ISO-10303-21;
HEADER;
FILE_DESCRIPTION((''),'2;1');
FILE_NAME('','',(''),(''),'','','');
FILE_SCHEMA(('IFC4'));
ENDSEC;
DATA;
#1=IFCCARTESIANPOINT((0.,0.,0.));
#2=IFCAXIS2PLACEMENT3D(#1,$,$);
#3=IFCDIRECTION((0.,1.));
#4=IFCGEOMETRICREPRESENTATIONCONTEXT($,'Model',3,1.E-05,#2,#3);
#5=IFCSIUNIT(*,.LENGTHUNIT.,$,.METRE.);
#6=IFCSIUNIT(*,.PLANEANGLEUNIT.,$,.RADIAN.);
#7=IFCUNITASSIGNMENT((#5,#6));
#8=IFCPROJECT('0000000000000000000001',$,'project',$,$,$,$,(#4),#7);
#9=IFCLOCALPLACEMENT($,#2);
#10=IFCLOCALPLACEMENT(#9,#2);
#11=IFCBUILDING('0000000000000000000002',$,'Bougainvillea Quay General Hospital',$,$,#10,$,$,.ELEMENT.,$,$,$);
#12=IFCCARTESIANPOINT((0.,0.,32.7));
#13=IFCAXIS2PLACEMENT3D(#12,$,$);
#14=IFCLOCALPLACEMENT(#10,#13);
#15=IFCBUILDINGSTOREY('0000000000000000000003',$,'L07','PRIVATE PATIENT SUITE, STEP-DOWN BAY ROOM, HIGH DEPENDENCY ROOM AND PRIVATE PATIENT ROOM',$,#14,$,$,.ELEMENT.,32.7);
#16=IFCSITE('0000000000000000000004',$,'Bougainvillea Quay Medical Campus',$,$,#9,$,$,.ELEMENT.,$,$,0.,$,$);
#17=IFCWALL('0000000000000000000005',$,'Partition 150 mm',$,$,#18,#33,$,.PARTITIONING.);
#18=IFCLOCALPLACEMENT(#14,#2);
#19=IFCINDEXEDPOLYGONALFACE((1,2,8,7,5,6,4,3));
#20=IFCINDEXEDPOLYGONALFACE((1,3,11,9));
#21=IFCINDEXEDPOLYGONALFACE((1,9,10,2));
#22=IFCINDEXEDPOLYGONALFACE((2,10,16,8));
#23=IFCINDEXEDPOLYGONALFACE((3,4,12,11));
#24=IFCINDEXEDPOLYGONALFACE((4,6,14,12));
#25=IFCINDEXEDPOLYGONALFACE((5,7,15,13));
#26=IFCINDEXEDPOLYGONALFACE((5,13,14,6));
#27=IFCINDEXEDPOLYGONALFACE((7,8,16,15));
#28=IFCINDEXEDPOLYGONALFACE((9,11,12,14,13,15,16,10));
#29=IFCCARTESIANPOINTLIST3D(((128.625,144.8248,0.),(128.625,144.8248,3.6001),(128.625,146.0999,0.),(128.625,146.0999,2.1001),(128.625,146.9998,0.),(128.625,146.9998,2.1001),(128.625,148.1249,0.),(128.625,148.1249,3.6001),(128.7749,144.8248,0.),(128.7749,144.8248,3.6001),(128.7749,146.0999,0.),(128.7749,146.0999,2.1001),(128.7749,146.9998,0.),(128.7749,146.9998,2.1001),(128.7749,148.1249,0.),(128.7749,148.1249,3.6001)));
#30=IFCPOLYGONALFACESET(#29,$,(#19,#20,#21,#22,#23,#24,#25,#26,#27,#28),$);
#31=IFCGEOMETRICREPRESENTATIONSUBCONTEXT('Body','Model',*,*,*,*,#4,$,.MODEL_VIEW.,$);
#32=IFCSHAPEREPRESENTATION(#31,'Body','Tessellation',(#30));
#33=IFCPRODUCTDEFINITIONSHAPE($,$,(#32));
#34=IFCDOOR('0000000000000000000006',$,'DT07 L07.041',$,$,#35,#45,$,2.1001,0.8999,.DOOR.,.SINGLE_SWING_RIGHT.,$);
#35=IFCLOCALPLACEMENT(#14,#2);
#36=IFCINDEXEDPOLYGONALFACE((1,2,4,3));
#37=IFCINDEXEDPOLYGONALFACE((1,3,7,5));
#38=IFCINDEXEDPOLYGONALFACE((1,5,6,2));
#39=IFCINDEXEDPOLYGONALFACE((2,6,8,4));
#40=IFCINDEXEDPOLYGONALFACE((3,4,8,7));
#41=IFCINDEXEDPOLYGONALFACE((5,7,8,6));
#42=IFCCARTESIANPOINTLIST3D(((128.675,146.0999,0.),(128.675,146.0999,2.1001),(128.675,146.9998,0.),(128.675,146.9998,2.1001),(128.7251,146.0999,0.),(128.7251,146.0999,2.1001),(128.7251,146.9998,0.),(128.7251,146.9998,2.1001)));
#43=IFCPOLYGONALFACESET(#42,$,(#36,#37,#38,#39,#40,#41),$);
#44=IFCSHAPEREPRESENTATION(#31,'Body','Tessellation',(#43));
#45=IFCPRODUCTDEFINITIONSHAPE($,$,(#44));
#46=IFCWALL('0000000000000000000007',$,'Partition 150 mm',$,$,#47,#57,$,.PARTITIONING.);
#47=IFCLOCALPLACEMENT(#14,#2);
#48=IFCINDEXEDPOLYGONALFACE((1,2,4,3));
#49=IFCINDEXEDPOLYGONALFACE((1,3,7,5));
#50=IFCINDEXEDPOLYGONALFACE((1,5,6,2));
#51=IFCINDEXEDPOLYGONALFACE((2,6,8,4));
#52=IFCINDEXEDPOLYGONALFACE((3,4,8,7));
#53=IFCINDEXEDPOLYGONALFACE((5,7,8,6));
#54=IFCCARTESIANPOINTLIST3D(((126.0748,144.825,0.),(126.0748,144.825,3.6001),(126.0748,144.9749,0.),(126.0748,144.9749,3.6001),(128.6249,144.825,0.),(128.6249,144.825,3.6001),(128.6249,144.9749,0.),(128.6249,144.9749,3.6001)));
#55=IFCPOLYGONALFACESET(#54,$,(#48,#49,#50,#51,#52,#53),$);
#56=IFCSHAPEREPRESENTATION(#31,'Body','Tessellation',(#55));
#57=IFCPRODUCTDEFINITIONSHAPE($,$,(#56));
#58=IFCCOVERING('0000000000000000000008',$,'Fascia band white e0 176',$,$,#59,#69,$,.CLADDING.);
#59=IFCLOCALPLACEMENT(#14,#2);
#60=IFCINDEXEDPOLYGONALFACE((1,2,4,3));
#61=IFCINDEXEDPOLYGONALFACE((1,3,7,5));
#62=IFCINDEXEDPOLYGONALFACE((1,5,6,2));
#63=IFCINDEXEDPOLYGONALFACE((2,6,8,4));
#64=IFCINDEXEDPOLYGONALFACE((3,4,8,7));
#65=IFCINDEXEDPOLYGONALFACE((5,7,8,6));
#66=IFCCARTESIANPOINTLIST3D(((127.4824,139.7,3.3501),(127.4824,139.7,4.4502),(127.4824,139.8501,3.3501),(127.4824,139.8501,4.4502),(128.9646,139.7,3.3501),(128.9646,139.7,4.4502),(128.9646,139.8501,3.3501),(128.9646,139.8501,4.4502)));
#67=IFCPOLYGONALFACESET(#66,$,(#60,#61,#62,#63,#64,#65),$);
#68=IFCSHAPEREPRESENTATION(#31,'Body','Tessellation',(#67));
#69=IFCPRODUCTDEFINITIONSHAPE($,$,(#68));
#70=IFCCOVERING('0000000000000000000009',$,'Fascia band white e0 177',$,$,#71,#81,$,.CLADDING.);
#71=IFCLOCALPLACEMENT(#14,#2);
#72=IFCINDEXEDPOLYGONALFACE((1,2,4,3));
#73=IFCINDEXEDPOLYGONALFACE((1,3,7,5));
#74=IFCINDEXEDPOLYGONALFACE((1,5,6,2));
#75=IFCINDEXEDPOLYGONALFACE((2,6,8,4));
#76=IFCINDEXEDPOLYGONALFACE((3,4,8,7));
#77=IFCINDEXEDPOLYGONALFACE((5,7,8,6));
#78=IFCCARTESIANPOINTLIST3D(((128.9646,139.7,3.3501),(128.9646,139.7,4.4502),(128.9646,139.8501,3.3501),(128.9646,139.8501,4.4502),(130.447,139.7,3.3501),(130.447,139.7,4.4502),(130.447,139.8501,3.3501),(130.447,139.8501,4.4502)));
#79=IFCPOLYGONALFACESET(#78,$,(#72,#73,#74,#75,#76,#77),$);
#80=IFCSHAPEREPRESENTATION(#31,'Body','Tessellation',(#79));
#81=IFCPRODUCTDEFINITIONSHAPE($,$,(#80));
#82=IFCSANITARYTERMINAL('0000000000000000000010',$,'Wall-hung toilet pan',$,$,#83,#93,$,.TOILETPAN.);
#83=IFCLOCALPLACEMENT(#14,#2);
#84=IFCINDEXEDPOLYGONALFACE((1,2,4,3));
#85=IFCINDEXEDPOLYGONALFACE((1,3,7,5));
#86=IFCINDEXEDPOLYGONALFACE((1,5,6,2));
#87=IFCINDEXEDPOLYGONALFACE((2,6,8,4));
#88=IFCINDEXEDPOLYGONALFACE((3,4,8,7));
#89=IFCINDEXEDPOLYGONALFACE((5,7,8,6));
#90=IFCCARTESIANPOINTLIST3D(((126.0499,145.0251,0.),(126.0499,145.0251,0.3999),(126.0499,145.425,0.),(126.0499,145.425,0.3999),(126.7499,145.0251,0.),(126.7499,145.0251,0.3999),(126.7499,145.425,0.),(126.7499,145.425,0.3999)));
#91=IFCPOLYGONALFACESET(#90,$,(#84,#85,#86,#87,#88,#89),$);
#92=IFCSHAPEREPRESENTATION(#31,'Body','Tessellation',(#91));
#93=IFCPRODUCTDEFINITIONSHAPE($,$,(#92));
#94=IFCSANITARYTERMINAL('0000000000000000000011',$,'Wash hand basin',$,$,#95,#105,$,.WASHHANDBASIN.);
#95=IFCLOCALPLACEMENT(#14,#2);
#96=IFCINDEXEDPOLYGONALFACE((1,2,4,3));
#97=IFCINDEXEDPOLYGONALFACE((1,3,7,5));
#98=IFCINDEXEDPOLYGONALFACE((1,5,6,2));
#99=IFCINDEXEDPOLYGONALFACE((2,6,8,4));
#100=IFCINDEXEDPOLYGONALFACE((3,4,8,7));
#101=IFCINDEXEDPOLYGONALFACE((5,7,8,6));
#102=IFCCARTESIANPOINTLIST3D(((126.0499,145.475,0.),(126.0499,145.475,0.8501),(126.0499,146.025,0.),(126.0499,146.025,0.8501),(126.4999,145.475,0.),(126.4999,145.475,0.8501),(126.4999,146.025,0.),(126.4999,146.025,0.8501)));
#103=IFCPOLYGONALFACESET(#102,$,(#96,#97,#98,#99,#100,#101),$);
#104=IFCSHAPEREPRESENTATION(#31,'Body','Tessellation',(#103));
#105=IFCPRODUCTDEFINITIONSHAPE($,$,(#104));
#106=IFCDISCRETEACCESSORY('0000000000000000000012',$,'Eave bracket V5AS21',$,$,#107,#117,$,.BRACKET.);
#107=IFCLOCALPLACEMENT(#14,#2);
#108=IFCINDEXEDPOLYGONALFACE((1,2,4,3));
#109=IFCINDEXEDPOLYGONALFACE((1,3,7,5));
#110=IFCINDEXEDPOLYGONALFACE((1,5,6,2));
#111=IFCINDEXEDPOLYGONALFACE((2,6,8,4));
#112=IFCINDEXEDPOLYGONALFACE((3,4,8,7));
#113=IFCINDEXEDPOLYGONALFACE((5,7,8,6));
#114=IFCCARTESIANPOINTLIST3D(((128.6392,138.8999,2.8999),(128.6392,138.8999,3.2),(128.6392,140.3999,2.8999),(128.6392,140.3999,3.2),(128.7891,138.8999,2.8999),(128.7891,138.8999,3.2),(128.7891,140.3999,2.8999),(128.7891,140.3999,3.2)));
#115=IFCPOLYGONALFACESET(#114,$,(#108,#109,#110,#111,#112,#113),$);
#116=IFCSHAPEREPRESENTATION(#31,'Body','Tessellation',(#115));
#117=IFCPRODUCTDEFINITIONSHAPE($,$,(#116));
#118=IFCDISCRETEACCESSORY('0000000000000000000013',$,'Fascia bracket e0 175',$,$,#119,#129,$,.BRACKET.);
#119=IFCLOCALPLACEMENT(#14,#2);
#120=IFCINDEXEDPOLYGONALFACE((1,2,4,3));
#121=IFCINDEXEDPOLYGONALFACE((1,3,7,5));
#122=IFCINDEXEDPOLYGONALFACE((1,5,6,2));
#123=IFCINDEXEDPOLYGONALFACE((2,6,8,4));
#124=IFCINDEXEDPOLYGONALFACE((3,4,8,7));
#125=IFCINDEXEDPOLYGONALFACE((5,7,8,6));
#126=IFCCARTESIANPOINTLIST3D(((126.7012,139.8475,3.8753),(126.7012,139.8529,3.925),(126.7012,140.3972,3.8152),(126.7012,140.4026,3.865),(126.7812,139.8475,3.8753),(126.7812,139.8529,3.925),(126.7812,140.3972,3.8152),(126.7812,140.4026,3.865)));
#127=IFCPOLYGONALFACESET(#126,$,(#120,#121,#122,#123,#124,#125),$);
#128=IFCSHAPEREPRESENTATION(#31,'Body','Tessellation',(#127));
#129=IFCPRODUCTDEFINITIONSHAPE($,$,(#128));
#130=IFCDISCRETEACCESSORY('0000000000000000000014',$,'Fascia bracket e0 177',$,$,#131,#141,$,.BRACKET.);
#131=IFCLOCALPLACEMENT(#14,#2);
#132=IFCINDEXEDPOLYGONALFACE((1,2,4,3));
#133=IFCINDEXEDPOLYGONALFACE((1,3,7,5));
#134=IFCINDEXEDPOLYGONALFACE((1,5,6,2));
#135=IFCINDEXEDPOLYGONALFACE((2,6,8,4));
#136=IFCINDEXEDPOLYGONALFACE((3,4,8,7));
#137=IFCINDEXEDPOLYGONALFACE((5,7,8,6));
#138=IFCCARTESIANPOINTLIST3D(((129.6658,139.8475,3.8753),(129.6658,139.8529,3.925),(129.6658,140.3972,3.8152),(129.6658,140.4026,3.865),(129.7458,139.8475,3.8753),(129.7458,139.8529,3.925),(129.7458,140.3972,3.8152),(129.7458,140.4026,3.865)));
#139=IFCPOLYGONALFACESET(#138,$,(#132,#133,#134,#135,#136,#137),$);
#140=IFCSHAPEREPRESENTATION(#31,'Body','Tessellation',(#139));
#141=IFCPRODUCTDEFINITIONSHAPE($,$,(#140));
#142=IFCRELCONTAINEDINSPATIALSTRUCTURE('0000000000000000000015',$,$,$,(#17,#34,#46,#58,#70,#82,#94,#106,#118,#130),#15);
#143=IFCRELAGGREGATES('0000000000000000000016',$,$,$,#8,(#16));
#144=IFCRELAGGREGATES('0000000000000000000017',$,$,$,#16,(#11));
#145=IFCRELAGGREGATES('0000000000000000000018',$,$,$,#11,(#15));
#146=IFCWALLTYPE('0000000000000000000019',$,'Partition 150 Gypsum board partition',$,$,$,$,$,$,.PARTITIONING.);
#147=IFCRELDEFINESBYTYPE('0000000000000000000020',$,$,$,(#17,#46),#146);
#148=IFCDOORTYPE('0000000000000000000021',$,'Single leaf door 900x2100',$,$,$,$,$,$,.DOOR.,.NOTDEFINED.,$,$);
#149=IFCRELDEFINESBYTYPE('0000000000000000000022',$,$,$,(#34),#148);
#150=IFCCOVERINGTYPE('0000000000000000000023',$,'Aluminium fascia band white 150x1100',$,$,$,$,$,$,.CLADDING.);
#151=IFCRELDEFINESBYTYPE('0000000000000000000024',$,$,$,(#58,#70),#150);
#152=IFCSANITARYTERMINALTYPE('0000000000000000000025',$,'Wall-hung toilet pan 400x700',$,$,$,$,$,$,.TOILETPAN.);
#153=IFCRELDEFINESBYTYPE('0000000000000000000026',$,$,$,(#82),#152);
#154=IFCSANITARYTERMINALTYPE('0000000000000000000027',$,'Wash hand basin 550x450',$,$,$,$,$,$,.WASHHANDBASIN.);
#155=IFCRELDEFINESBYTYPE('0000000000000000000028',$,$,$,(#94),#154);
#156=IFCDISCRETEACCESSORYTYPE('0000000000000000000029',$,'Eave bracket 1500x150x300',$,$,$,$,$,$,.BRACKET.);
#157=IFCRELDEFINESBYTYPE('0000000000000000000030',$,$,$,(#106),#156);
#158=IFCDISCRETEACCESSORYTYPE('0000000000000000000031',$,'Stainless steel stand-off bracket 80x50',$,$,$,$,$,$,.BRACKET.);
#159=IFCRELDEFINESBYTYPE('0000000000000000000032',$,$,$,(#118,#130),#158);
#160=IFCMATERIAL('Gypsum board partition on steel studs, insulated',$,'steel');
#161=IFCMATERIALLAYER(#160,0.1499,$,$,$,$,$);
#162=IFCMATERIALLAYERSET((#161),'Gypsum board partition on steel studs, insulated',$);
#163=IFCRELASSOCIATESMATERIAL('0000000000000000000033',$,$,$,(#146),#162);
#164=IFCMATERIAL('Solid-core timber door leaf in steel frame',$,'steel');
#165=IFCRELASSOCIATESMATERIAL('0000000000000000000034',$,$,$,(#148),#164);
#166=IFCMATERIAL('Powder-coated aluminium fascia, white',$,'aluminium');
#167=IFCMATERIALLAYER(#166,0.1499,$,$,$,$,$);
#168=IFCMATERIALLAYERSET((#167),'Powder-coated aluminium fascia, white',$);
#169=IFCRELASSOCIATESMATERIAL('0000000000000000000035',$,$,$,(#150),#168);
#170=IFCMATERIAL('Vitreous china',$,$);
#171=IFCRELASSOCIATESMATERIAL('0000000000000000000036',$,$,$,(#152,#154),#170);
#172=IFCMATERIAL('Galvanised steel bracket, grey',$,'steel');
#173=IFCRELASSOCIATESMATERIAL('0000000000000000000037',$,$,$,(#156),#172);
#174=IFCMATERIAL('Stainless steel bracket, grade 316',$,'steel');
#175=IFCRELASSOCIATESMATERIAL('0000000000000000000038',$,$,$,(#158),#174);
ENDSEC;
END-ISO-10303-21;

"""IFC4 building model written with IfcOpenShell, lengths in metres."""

from ifc_helpers import new_model, si_unit, direction, frame, frame_2d, origin, origin_2d, place, context, subcontext, project, spatial, polyline, rectangle, outline, extrude, material, layer, layer_set, material_profile, profile_set, type_object, element, fill, save


model = new_model("IFC4")

# Units and contexts
model_context = context("Model", 3, precision=1e-05, world=origin(), true_north=direction((0.0, 1.0)))
body_context = subcontext(model_context, "Body", "Model", "MODEL_VIEW")
ifc_project = project(units=[si_unit("LENGTHUNIT", "METRE"), si_unit("PLANEANGLEUNIT", "RADIAN")], contexts=[model_context])

# Site, building, storey
site_placement = place(None, origin())
site = spatial("IfcSite", under=ifc_project, at=site_placement, Name="Bougainvillea Quay Medical Campus", CompositionType="ELEMENT", RefElevation=0.0)
building_placement = place(site_placement, origin())
building = spatial("IfcBuilding", under=site, at=building_placement, Name="Bougainvillea Quay General Hospital", CompositionType="ELEMENT")
storey_placement = place(building_placement, frame((0.0, 0.0, 32.7)))
storey = spatial("IfcBuildingStorey", under=building, at=storey_placement, Name="L07", Description="PRIVATE PATIENT SUITE, STEP-DOWN BAY ROOM, HIGH DEPENDENCY ROOM AND PRIVATE PATIENT ROOM", CompositionType="ELEMENT", Elevation=32.7)

# Wall, opening, door
ifc_material_1 = material(Name="Gypsum board partition on steel studs, insulated", Category="steel")
ifc_layer_1 = layer(ifc_material_1, 0.1499)
ifc_layer_set_1 = layer_set([ifc_layer_1], Name="Gypsum board partition on steel studs, insulated")
wall_type = type_object("IfcWallType", Name="Partition 150 Gypsum board partition", PredefinedType="PARTITIONING", material=ifc_layer_set_1)
wall_1_placement = place(storey_placement, frame((128.7, 144.825, 0.0), z_axis=(0.0, 0.0, 1.0), x_axis=(0.0, 1.0, 0.0)))
wall_1 = element("IfcWall", 1, at=wall_1_placement, inside=storey, type_object=wall_type, Name="Partition 150 mm", PredefinedType="PARTITIONING", context=body_context, shape_type="SweptSolid", body=[
    extrude(rectangle(XDim=3.3, YDim=0.1499, at=frame_2d((1.6499, 0.0))), origin(), (0.0, 0.0, 1.0), 3.6001),
])
opening_placement = place(wall_1_placement, frame((1.2749, 0.0, 0.0)))
opening = element("IfcOpeningElement", 2, at=opening_placement, cuts=wall_1, PredefinedType="OPENING", context=body_context, shape_type="SweptSolid", body=[
    extrude(rectangle(XDim=0.8999, YDim=2.1001, at=frame_2d((0.45, 1.05))), frame((0.0, 0.085, 0.0), z_axis=(0.0, -1.0, 0.0), x_axis=(1.0, 0.0, 0.0)), (0.0, 0.0, 1.0), 0.1699),
])
ifc_material_2 = material(Name="Solid-core timber door leaf in steel frame", Category="steel")
door_type = type_object("IfcDoorType", Name="Single leaf door 900x2100", OperationType="NOTDEFINED", PredefinedType="DOOR", material=ifc_material_2)
door_placement = place(opening_placement, origin())
door = element("IfcDoor", 3, at=door_placement, inside=storey, type_object=door_type, Name="DT07 L07.041", OperationType="SINGLE_SWING_RIGHT", OverallHeight=2.1001, OverallWidth=0.8999, PredefinedType="DOOR", context=body_context, shape_type="SweptSolid", body=[
    extrude(rectangle(XDim=0.8999, YDim=2.1001, at=frame_2d((0.45, 1.05))), frame((0.0, 0.0249, 0.0), z_axis=(0.0, -1.0, 0.0), x_axis=(1.0, 0.0, 0.0)), (0.0, 0.0, 1.0), 0.05),
])
fill(opening, door)

# Wall
wall_2_placement = place(storey_placement, frame((126.075, 144.8999, 0.0), z_axis=(0.0, 0.0, 1.0), x_axis=(1.0, 0.0, 0.0)))
element("IfcWall", 4, at=wall_2_placement, inside=storey, type_object=wall_type, Name="Partition 150 mm", PredefinedType="PARTITIONING", context=body_context, shape_type="SweptSolid", body=[
    extrude(rectangle(XDim=2.55, YDim=0.1499, at=frame_2d((1.2749, 0.0))), origin(), (0.0, 0.0, 1.0), 3.6001),
])

# Coverings
ifc_material_3 = material(Name="Powder-coated aluminium fascia, white", Category="aluminium")
ifc_layer_2 = layer(ifc_material_3, 0.1499)
ifc_layer_set_2 = layer_set([ifc_layer_2], Name="Powder-coated aluminium fascia, white")
covering_type = type_object("IfcCoveringType", Name="Aluminium fascia band white 150x1100", PredefinedType="CLADDING", material=ifc_layer_set_2)
covering_1_placement = place(storey_placement, frame((127.4824, 139.8501, 3.3501), z_axis=(0.0, 0.0, 1.0), x_axis=(1.0, 0.0, 0.0)))
element("IfcCovering", 5, at=covering_1_placement, inside=storey, type_object=covering_type, Name="Fascia band white e0 176", PredefinedType="CLADDING", context=body_context, shape_type="SweptSolid", body=[
    extrude(outline(polyline([(0.0, 0.0), (1.4822, 0.0), (1.4822, -0.1501), (0.0, -0.1501), (0.0, 0.0)])), origin(), (0.0, 0.0, 1.0), 1.1001),
])
covering_2_placement = place(storey_placement, frame((128.9646, 139.8501, 3.3501), z_axis=(0.0, 0.0, 1.0), x_axis=(1.0, 0.0, 0.0)))
element("IfcCovering", 6, at=covering_2_placement, inside=storey, type_object=covering_type, Name="Fascia band white e0 177", PredefinedType="CLADDING", context=body_context, shape_type="SweptSolid", body=[
    extrude(outline(polyline([(0.0, 0.0), (1.4824, 0.0), (1.4824, -0.1501), (0.0, -0.1501), (0.0, 0.0)])), origin(), (0.0, 0.0, 1.0), 1.1001),
])

# Sanitary terminals
ifc_material_4 = material(Name="Vitreous china")
sanitary_terminal_type_1 = type_object("IfcSanitaryTerminalType", Name="Wall-hung toilet pan 400x700", PredefinedType="TOILETPAN", material=ifc_material_4)
sanitary_terminal_1_placement = place(storey_placement, frame((126.3999, 145.2251, 0.0), z_axis=(0.0, 0.0, 1.0), x_axis=(0.0, 1.0, 0.0)))
element("IfcSanitaryTerminal", 7, at=sanitary_terminal_1_placement, inside=storey, type_object=sanitary_terminal_type_1, Name="Wall-hung toilet pan", PredefinedType="TOILETPAN", context=body_context, shape_type="SweptSolid", body=[
    extrude(rectangle(XDim=0.3999, YDim=0.7, at=origin_2d()), origin(), (0.0, 0.0, 1.0), 0.3999),
])
sanitary_terminal_type_2 = type_object("IfcSanitaryTerminalType", Name="Wash hand basin 550x450", PredefinedType="WASHHANDBASIN", material=ifc_material_4)
sanitary_terminal_2_placement = place(storey_placement, frame((126.2749, 145.75, 0.0), z_axis=(0.0, 0.0, 1.0), x_axis=(0.0, 1.0, 0.0)))
element("IfcSanitaryTerminal", 8, at=sanitary_terminal_2_placement, inside=storey, type_object=sanitary_terminal_type_2, Name="Wash hand basin", PredefinedType="WASHHANDBASIN", context=body_context, shape_type="SweptSolid", body=[
    extrude(rectangle(XDim=0.55, YDim=0.45, at=origin_2d()), origin(), (0.0, 0.0, 1.0), 0.8501),
])

# Discrete accessories
ifc_material_5 = material(Name="Galvanised steel bracket, grey", Category="steel")
discrete_accessory_type_1 = type_object("IfcDiscreteAccessoryType", Name="Eave bracket 1500x150x300", PredefinedType="BRACKET", material=ifc_material_5)
discrete_accessory_placement = place(storey_placement, frame((128.7141, 139.6499, 2.8999), z_axis=(0.0, 0.0, 1.0), x_axis=(1.0, 0.0, 0.0)))
element("IfcDiscreteAccessory", 9, at=discrete_accessory_placement, inside=storey, type_object=discrete_accessory_type_1, Name="Eave bracket V5AS21", PredefinedType="BRACKET", context=body_context, shape_type="SweptSolid", body=[
    extrude(rectangle(XDim=0.1499, YDim=1.5, at=origin_2d()), origin(), (0.0, 0.0, 1.0), 0.3),
])
ifc_material_6 = material(Name="Stainless steel bracket, grade 316", Category="steel")
ifc_material_profile_1 = material_profile(ifc_material_6, rectangle(XDim=0.0801, YDim=0.05, at=origin_2d()))
ifc_profile_set_1 = profile_set([ifc_material_profile_1], Name="Stainless steel bracket, grade 316")
discrete_accessory_type_2 = type_object("IfcDiscreteAccessoryType", Name="Stainless steel stand-off bracket 80x50", PredefinedType="BRACKET", material=ifc_profile_set_1)
for number, where, z_axis, x_axis, name in (
    (10, (126.7412, 140.3999, 3.8401), (0.0, -0.994087, 0.10859), (1.0, 0.0, 0.0), "Fascia bracket e0 175"),
    (11, (129.7058, 140.3999, 3.8401), (0.0, -0.994087, 0.10859), (1.0, 0.0, 0.0), "Fascia bracket e0 177"),
):
    element("IfcDiscreteAccessory", number, at=place(storey_placement, frame(where, z_axis=z_axis, x_axis=x_axis)), inside=storey, type_object=discrete_accessory_type_2, Name=name, PredefinedType="BRACKET", context=body_context, shape_type="SweptSolid", body=[
        extrude(rectangle(XDim=0.0801, YDim=0.05, at=origin_2d()), origin(), (0.0, 0.0, 1.0), 0.553),
    ])

save(model, "model.ifc")
